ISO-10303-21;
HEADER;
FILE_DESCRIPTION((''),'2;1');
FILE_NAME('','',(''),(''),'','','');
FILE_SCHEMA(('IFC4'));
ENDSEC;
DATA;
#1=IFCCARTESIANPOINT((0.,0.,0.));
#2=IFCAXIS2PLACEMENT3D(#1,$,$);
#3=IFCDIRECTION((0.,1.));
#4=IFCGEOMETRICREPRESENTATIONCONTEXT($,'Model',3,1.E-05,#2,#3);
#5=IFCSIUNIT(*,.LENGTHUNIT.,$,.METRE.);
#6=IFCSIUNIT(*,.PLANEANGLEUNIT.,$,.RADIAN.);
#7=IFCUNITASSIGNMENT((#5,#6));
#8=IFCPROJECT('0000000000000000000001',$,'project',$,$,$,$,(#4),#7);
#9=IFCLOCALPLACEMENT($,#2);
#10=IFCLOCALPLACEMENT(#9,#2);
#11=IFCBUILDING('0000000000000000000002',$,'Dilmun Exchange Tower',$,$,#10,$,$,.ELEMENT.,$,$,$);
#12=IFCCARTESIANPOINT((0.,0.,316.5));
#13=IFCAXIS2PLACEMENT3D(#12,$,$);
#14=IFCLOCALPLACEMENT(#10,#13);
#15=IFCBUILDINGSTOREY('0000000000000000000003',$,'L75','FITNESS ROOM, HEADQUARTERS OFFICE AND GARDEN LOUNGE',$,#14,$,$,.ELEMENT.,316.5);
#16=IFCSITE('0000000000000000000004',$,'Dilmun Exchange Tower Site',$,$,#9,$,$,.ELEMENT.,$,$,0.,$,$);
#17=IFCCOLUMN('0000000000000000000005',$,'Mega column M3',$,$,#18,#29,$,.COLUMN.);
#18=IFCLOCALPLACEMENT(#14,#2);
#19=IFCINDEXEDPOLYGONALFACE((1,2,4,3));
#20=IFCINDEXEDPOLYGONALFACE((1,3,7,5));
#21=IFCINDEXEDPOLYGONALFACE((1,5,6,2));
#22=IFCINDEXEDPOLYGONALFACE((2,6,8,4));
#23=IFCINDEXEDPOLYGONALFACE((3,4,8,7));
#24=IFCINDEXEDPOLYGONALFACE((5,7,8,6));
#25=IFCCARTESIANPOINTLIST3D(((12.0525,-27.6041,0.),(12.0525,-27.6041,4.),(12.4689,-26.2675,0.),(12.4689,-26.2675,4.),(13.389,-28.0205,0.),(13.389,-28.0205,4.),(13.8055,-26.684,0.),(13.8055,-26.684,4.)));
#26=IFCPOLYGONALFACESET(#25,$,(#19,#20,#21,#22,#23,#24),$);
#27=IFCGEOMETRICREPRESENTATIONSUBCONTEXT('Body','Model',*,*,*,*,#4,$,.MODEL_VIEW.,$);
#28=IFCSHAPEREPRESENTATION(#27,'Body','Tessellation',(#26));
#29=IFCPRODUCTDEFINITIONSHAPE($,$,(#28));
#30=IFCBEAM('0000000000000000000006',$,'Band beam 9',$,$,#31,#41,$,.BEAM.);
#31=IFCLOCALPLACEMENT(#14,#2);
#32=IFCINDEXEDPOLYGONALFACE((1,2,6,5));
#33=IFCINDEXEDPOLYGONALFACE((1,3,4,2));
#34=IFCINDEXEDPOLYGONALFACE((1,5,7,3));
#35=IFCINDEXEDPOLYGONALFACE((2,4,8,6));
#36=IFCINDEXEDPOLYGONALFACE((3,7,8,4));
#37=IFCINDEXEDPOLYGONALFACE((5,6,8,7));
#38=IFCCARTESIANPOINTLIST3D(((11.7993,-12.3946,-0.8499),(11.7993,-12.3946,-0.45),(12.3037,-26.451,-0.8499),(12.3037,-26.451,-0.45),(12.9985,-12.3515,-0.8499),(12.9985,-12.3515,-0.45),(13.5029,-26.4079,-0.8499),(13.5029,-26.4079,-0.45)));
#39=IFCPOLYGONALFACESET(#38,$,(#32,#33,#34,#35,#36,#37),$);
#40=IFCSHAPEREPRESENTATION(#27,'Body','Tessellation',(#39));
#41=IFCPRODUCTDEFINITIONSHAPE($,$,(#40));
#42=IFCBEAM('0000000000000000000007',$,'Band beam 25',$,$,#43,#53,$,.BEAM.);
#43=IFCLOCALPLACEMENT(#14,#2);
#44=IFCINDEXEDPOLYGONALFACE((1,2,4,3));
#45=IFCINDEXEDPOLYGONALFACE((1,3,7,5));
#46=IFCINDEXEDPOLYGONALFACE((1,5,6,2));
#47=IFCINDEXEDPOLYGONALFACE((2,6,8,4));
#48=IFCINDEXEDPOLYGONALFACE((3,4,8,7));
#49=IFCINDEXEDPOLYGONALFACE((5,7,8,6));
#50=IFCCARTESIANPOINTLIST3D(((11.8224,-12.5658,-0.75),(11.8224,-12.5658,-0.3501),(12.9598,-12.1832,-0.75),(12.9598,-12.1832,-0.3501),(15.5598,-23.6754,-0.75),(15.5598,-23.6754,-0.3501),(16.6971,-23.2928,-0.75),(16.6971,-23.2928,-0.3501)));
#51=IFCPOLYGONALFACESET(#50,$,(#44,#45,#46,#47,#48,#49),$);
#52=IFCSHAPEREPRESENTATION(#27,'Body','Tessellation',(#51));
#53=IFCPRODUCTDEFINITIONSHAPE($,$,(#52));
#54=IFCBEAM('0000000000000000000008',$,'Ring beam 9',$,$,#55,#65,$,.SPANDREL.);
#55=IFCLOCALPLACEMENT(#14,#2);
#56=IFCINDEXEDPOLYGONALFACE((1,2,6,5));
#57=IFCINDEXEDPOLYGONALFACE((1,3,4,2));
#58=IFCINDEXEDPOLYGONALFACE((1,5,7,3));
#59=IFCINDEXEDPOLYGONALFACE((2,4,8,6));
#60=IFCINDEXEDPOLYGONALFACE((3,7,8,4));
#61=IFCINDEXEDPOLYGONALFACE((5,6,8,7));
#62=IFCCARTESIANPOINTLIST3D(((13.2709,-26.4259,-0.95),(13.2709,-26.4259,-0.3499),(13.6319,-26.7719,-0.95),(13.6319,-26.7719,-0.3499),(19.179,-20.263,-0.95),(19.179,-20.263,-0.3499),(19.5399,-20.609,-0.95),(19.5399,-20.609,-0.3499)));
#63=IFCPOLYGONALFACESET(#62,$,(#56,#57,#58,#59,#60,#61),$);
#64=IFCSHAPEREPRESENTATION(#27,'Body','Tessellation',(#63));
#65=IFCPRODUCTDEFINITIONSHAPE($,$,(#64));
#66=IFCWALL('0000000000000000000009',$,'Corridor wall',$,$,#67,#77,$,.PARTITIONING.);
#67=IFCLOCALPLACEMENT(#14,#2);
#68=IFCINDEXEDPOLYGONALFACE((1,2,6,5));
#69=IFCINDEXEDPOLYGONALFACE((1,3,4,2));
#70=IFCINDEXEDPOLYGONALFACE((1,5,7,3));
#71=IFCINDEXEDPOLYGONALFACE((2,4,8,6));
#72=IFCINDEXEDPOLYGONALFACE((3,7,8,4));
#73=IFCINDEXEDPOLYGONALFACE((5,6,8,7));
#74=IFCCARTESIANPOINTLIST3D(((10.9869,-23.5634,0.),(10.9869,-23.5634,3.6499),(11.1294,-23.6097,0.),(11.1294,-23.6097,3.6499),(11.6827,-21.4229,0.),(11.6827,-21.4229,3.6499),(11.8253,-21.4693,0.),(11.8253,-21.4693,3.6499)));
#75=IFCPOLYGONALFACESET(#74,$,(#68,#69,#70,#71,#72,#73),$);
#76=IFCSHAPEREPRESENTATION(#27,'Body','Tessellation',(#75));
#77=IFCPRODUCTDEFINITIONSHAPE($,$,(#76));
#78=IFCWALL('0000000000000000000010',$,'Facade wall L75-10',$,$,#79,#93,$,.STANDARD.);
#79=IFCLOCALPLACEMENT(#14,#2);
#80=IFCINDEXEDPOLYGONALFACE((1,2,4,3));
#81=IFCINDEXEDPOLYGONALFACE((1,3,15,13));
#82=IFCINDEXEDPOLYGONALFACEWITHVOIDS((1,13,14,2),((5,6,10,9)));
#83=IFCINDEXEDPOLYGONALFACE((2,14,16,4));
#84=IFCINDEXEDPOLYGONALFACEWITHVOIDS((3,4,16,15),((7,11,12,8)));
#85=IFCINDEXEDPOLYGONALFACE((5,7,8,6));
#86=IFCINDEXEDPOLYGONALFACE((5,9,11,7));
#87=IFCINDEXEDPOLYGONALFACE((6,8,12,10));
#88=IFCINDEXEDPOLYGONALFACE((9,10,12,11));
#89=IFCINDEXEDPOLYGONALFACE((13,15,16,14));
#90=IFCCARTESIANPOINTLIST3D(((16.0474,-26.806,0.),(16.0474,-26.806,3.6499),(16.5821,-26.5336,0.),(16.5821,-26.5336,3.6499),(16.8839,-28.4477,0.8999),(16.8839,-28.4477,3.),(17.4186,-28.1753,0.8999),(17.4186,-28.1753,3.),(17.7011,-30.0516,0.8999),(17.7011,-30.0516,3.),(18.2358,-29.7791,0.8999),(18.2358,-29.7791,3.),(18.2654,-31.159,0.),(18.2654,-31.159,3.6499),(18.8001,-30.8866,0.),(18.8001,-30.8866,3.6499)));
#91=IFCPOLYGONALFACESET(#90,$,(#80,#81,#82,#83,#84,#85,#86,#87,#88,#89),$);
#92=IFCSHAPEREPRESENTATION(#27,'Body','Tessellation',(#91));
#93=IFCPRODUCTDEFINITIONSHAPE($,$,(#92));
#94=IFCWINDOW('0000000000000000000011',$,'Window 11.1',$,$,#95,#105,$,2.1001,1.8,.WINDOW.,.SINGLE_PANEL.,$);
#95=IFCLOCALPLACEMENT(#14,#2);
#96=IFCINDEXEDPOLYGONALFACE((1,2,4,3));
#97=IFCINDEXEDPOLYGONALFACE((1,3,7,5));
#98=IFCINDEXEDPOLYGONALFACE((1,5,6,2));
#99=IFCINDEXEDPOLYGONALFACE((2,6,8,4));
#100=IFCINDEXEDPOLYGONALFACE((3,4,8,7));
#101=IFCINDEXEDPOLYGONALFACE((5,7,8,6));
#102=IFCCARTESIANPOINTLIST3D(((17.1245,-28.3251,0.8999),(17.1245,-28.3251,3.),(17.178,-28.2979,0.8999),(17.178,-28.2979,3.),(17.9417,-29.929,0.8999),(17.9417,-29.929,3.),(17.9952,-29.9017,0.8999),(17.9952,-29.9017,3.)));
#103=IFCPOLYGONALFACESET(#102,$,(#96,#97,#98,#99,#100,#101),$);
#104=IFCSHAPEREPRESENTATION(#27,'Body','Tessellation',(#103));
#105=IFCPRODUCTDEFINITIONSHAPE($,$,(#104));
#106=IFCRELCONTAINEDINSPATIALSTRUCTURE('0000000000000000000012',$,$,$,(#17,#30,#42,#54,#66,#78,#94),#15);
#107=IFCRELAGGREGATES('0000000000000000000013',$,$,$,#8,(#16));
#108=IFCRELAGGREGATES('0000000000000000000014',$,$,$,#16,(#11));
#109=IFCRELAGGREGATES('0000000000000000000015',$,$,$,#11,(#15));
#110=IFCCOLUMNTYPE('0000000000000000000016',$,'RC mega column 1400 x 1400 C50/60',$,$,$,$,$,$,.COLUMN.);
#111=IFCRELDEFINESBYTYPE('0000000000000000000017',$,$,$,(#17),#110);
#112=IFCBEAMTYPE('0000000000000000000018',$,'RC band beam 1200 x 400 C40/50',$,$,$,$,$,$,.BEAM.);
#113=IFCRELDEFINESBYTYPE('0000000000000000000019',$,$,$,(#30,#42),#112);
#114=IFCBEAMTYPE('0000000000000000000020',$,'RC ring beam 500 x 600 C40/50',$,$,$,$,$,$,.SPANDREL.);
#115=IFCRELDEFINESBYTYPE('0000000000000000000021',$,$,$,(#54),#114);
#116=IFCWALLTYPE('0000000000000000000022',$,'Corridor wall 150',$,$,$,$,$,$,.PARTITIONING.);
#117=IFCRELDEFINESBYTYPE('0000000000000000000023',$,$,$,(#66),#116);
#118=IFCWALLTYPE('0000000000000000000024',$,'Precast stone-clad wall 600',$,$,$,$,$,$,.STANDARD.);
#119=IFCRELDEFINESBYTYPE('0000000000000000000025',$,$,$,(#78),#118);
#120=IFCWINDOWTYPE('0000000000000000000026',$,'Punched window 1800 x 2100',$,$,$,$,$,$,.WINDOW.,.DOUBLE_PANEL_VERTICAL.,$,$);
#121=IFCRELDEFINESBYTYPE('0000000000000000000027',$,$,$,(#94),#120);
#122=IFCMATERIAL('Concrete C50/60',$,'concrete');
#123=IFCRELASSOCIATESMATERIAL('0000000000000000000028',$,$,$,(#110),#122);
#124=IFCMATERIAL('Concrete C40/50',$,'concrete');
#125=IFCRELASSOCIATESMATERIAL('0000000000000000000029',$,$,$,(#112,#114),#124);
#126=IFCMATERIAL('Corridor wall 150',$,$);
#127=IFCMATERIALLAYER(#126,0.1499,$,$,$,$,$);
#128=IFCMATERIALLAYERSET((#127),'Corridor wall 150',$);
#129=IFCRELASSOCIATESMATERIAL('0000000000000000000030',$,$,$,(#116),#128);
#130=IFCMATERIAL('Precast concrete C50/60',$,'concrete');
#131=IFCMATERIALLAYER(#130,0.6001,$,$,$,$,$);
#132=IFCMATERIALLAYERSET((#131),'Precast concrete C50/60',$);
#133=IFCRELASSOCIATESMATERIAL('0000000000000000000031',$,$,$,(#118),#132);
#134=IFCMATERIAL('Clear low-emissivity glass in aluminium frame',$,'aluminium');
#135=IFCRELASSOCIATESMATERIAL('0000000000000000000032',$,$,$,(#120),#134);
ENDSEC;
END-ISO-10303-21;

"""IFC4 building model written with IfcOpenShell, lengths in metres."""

from ifc_helpers import new_model, si_unit, direction, frame, frame_2d, origin, origin_2d, place, context, subcontext, project, spatial, rectangle, extrude, material, layer, layer_set, material_profile, profile_set, type_object, element, fill, save


model = new_model("IFC4")

# Units and contexts
model_context = context("Model", 3, precision=1e-05, world=origin(), true_north=direction((0.0, 1.0)))
body_context = subcontext(model_context, "Body", "Model", "MODEL_VIEW")
ifc_project = project(units=[si_unit("LENGTHUNIT", "METRE"), si_unit("PLANEANGLEUNIT", "RADIAN")], contexts=[model_context])

# Site, building, storey
site_placement = place(None, origin())
site = spatial("IfcSite", under=ifc_project, at=site_placement, Name="Dilmun Exchange Tower Site", CompositionType="ELEMENT", RefElevation=0.0)
building_placement = place(site_placement, origin())
building = spatial("IfcBuilding", under=site, at=building_placement, Name="Dilmun Exchange Tower", CompositionType="ELEMENT")
storey_placement = place(building_placement, frame((0.0, 0.0, 316.5)))
storey = spatial("IfcBuildingStorey", under=building, at=storey_placement, Name="L75", Description="FITNESS ROOM, HEADQUARTERS OFFICE AND GARDEN LOUNGE", CompositionType="ELEMENT", Elevation=316.5)

# Column
ifc_material_1 = material(Name="Concrete C50/60", Category="concrete")
ifc_material_profile_1 = material_profile(ifc_material_1, rectangle(XDim=1.3999, YDim=1.3999, at=origin_2d()), Name="1400 x 1400")
ifc_profile_set_1 = profile_set([ifc_material_profile_1], Name="Concrete C50/60")
column_type = type_object("IfcColumnType", Name="RC mega column 1400 x 1400 C50/60", PredefinedType="COLUMN", material=ifc_profile_set_1)
column_placement = place(storey_placement, frame((12.929, -27.144, 0.0), z_axis=(0.0, 0.0, 1.0), x_axis=(0.297503, 0.954721, 0.0)))
element("IfcColumn", 1, at=column_placement, inside=storey, type_object=column_type, Name="Mega column M3", PredefinedType="COLUMN", context=body_context, shape_type="SweptSolid", body=[
    extrude(rectangle(XDim=1.3999, YDim=1.3999, at=origin_2d()), origin(), (0.0, 0.0, 1.0), 4.0),
])

# Beams
ifc_material_2 = material(Name="Concrete C40/50", Category="concrete")
ifc_material_profile_2 = material_profile(ifc_material_2, rectangle(XDim=1.2, YDim=0.3999, at=origin_2d()), Name="1200 x 400")
ifc_profile_set_2 = profile_set([ifc_material_profile_2], Name="Concrete C40/50")
beam_type_1 = type_object("IfcBeamType", Name="RC band beam 1200 x 400 C40/50", PredefinedType="BEAM", material=ifc_profile_set_2)
beam_1_placement = place(storey_placement, frame((12.9033, -26.4294, -0.6499), z_axis=(-0.035861, 0.999357, 0.0), x_axis=(-0.999357, -0.035861, 0.0)))
element("IfcBeam", 2, at=beam_1_placement, inside=storey, type_object=beam_type_1, Name="Band beam 9", PredefinedType="BEAM", context=body_context, shape_type="SweptSolid", body=[
    extrude(rectangle(XDim=1.2, YDim=0.3999, at=origin_2d()), origin(), (0.0, 0.0, 1.0), 14.0654),
])
beam_2_placement = place(storey_placement, frame((16.1284, -23.4841, -0.55), z_axis=(-0.318845, 0.947807, 0.0), x_axis=(-0.947807, -0.318845, 0.0)))
element("IfcBeam", 3, at=beam_2_placement, inside=storey, type_object=beam_type_1, Name="Band beam 25", PredefinedType="BEAM", context=body_context, shape_type="SweptSolid", body=[
    extrude(rectangle(XDim=1.2, YDim=0.3999, at=origin_2d()), origin(), (0.0, 0.0, 1.0), 11.7214),
])
ifc_material_profile_3 = material_profile(ifc_material_2, rectangle(XDim=0.5, YDim=0.6001, at=origin_2d()), Name="500 x 600")
ifc_profile_set_3 = profile_set([ifc_material_profile_3], Name="Concrete C40/50")
beam_type_2 = type_object("IfcBeamType", Name="RC ring beam 500 x 600 C40/50", PredefinedType="SPANDREL", material=ifc_profile_set_3)
beam_3_placement = place(storey_placement, frame((13.4514, -26.5989, -0.6499), z_axis=(0.692022, 0.721877, 0.0), x_axis=(-0.721877, 0.692022, 0.0)))
element("IfcBeam", 4, at=beam_3_placement, inside=storey, type_object=beam_type_2, Name="Ring beam 9", PredefinedType="SPANDREL", context=body_context, shape_type="SweptSolid", body=[
    extrude(rectangle(XDim=0.5, YDim=0.6001, at=origin_2d()), origin(), (0.0, 0.0, 1.0), 8.5374),
])

# Wall
ifc_material_3 = material(Name="Corridor wall 150")
ifc_layer_1 = layer(ifc_material_3, 0.1499)
ifc_layer_set_1 = layer_set([ifc_layer_1], Name="Corridor wall 150")
wall_type_1 = type_object("IfcWallType", Name="Corridor wall 150", PredefinedType="PARTITIONING", material=ifc_layer_set_1)
wall_1_placement = place(storey_placement, frame((11.0581, -23.5867, 0.0), z_axis=(0.0, 0.0, 1.0), x_axis=(0.309157, 0.951011, 0.0)))
element("IfcWall", 5, at=wall_1_placement, inside=storey, type_object=wall_type_1, Name="Corridor wall", PredefinedType="PARTITIONING", context=body_context, shape_type="SweptSolid", body=[
    extrude(rectangle(XDim=2.2507, YDim=0.1499, at=frame_2d((1.1255, 0.0))), origin(), (0.0, 0.0, 1.0), 3.6499),
])

# Wall, opening, window
ifc_material_4 = material(Name="Precast concrete C50/60", Category="concrete")
ifc_layer_2 = layer(ifc_material_4, 0.6001)
ifc_layer_set_2 = layer_set([ifc_layer_2], Name="Precast concrete C50/60")
wall_type_2 = type_object("IfcWallType", Name="Precast stone-clad wall 600", PredefinedType="STANDARD", material=ifc_layer_set_2)
wall_2_placement = place(storey_placement, frame((16.3147, -26.6697, 0.0), z_axis=(0.0, 0.0, 1.0), x_axis=(0.453997, -0.891003, 0.0)))
wall_2 = element("IfcWall", 6, at=wall_2_placement, inside=storey, type_object=wall_type_2, Name="Facade wall L75-10", PredefinedType="STANDARD", context=body_context, shape_type="SweptSolid", body=[
    extrude(rectangle(XDim=4.8855, YDim=0.6001, at=frame_2d((2.4429, 0.0))), origin(), (0.0, 0.0, 1.0), 3.6499),
])
opening_1_placement = place(wall_2_placement, frame((1.8428, 0.0, 0.8999)))
opening_1 = element("IfcOpeningElement", 7, at=opening_1_placement, cuts=wall_2, PredefinedType="OPENING", context=body_context, shape_type="SweptSolid", body=[
    extrude(rectangle(XDim=1.8, YDim=2.1001, at=frame_2d((0.8999, 1.05))), frame((0.0, 0.3101, 0.0), z_axis=(0.0, -1.0, 0.0), x_axis=(1.0, 0.0, 0.0)), (0.0, 0.0, 1.0), 0.6201),
])
ifc_material_5 = material(Name="Clear low-emissivity glass in aluminium frame", Category="aluminium")
window_type_1 = type_object("IfcWindowType", Name="Punched window 1800 x 2100", PartitioningType="DOUBLE_PANEL_VERTICAL", PredefinedType="WINDOW", material=ifc_material_5)
window_1_placement = place(opening_1_placement, origin())
window_1 = element("IfcWindow", 8, at=window_1_placement, inside=storey, type_object=window_type_1, Name="Window 11.1", OverallHeight=2.1001, OverallWidth=1.8, PartitioningType="SINGLE_PANEL", PredefinedType="WINDOW", context=body_context, shape_type="SweptSolid", body=[
    extrude(rectangle(XDim=1.8, YDim=2.1001, at=frame_2d((0.8999, 1.05))), frame((0.0, 0.03, 0.0), z_axis=(0.0, -1.0, 0.0), x_axis=(1.0, 0.0, 0.0)), (0.0, 0.0, 1.0), 0.0601),
])
fill(opening_1, window_1)

save(model, "model.ifc")
